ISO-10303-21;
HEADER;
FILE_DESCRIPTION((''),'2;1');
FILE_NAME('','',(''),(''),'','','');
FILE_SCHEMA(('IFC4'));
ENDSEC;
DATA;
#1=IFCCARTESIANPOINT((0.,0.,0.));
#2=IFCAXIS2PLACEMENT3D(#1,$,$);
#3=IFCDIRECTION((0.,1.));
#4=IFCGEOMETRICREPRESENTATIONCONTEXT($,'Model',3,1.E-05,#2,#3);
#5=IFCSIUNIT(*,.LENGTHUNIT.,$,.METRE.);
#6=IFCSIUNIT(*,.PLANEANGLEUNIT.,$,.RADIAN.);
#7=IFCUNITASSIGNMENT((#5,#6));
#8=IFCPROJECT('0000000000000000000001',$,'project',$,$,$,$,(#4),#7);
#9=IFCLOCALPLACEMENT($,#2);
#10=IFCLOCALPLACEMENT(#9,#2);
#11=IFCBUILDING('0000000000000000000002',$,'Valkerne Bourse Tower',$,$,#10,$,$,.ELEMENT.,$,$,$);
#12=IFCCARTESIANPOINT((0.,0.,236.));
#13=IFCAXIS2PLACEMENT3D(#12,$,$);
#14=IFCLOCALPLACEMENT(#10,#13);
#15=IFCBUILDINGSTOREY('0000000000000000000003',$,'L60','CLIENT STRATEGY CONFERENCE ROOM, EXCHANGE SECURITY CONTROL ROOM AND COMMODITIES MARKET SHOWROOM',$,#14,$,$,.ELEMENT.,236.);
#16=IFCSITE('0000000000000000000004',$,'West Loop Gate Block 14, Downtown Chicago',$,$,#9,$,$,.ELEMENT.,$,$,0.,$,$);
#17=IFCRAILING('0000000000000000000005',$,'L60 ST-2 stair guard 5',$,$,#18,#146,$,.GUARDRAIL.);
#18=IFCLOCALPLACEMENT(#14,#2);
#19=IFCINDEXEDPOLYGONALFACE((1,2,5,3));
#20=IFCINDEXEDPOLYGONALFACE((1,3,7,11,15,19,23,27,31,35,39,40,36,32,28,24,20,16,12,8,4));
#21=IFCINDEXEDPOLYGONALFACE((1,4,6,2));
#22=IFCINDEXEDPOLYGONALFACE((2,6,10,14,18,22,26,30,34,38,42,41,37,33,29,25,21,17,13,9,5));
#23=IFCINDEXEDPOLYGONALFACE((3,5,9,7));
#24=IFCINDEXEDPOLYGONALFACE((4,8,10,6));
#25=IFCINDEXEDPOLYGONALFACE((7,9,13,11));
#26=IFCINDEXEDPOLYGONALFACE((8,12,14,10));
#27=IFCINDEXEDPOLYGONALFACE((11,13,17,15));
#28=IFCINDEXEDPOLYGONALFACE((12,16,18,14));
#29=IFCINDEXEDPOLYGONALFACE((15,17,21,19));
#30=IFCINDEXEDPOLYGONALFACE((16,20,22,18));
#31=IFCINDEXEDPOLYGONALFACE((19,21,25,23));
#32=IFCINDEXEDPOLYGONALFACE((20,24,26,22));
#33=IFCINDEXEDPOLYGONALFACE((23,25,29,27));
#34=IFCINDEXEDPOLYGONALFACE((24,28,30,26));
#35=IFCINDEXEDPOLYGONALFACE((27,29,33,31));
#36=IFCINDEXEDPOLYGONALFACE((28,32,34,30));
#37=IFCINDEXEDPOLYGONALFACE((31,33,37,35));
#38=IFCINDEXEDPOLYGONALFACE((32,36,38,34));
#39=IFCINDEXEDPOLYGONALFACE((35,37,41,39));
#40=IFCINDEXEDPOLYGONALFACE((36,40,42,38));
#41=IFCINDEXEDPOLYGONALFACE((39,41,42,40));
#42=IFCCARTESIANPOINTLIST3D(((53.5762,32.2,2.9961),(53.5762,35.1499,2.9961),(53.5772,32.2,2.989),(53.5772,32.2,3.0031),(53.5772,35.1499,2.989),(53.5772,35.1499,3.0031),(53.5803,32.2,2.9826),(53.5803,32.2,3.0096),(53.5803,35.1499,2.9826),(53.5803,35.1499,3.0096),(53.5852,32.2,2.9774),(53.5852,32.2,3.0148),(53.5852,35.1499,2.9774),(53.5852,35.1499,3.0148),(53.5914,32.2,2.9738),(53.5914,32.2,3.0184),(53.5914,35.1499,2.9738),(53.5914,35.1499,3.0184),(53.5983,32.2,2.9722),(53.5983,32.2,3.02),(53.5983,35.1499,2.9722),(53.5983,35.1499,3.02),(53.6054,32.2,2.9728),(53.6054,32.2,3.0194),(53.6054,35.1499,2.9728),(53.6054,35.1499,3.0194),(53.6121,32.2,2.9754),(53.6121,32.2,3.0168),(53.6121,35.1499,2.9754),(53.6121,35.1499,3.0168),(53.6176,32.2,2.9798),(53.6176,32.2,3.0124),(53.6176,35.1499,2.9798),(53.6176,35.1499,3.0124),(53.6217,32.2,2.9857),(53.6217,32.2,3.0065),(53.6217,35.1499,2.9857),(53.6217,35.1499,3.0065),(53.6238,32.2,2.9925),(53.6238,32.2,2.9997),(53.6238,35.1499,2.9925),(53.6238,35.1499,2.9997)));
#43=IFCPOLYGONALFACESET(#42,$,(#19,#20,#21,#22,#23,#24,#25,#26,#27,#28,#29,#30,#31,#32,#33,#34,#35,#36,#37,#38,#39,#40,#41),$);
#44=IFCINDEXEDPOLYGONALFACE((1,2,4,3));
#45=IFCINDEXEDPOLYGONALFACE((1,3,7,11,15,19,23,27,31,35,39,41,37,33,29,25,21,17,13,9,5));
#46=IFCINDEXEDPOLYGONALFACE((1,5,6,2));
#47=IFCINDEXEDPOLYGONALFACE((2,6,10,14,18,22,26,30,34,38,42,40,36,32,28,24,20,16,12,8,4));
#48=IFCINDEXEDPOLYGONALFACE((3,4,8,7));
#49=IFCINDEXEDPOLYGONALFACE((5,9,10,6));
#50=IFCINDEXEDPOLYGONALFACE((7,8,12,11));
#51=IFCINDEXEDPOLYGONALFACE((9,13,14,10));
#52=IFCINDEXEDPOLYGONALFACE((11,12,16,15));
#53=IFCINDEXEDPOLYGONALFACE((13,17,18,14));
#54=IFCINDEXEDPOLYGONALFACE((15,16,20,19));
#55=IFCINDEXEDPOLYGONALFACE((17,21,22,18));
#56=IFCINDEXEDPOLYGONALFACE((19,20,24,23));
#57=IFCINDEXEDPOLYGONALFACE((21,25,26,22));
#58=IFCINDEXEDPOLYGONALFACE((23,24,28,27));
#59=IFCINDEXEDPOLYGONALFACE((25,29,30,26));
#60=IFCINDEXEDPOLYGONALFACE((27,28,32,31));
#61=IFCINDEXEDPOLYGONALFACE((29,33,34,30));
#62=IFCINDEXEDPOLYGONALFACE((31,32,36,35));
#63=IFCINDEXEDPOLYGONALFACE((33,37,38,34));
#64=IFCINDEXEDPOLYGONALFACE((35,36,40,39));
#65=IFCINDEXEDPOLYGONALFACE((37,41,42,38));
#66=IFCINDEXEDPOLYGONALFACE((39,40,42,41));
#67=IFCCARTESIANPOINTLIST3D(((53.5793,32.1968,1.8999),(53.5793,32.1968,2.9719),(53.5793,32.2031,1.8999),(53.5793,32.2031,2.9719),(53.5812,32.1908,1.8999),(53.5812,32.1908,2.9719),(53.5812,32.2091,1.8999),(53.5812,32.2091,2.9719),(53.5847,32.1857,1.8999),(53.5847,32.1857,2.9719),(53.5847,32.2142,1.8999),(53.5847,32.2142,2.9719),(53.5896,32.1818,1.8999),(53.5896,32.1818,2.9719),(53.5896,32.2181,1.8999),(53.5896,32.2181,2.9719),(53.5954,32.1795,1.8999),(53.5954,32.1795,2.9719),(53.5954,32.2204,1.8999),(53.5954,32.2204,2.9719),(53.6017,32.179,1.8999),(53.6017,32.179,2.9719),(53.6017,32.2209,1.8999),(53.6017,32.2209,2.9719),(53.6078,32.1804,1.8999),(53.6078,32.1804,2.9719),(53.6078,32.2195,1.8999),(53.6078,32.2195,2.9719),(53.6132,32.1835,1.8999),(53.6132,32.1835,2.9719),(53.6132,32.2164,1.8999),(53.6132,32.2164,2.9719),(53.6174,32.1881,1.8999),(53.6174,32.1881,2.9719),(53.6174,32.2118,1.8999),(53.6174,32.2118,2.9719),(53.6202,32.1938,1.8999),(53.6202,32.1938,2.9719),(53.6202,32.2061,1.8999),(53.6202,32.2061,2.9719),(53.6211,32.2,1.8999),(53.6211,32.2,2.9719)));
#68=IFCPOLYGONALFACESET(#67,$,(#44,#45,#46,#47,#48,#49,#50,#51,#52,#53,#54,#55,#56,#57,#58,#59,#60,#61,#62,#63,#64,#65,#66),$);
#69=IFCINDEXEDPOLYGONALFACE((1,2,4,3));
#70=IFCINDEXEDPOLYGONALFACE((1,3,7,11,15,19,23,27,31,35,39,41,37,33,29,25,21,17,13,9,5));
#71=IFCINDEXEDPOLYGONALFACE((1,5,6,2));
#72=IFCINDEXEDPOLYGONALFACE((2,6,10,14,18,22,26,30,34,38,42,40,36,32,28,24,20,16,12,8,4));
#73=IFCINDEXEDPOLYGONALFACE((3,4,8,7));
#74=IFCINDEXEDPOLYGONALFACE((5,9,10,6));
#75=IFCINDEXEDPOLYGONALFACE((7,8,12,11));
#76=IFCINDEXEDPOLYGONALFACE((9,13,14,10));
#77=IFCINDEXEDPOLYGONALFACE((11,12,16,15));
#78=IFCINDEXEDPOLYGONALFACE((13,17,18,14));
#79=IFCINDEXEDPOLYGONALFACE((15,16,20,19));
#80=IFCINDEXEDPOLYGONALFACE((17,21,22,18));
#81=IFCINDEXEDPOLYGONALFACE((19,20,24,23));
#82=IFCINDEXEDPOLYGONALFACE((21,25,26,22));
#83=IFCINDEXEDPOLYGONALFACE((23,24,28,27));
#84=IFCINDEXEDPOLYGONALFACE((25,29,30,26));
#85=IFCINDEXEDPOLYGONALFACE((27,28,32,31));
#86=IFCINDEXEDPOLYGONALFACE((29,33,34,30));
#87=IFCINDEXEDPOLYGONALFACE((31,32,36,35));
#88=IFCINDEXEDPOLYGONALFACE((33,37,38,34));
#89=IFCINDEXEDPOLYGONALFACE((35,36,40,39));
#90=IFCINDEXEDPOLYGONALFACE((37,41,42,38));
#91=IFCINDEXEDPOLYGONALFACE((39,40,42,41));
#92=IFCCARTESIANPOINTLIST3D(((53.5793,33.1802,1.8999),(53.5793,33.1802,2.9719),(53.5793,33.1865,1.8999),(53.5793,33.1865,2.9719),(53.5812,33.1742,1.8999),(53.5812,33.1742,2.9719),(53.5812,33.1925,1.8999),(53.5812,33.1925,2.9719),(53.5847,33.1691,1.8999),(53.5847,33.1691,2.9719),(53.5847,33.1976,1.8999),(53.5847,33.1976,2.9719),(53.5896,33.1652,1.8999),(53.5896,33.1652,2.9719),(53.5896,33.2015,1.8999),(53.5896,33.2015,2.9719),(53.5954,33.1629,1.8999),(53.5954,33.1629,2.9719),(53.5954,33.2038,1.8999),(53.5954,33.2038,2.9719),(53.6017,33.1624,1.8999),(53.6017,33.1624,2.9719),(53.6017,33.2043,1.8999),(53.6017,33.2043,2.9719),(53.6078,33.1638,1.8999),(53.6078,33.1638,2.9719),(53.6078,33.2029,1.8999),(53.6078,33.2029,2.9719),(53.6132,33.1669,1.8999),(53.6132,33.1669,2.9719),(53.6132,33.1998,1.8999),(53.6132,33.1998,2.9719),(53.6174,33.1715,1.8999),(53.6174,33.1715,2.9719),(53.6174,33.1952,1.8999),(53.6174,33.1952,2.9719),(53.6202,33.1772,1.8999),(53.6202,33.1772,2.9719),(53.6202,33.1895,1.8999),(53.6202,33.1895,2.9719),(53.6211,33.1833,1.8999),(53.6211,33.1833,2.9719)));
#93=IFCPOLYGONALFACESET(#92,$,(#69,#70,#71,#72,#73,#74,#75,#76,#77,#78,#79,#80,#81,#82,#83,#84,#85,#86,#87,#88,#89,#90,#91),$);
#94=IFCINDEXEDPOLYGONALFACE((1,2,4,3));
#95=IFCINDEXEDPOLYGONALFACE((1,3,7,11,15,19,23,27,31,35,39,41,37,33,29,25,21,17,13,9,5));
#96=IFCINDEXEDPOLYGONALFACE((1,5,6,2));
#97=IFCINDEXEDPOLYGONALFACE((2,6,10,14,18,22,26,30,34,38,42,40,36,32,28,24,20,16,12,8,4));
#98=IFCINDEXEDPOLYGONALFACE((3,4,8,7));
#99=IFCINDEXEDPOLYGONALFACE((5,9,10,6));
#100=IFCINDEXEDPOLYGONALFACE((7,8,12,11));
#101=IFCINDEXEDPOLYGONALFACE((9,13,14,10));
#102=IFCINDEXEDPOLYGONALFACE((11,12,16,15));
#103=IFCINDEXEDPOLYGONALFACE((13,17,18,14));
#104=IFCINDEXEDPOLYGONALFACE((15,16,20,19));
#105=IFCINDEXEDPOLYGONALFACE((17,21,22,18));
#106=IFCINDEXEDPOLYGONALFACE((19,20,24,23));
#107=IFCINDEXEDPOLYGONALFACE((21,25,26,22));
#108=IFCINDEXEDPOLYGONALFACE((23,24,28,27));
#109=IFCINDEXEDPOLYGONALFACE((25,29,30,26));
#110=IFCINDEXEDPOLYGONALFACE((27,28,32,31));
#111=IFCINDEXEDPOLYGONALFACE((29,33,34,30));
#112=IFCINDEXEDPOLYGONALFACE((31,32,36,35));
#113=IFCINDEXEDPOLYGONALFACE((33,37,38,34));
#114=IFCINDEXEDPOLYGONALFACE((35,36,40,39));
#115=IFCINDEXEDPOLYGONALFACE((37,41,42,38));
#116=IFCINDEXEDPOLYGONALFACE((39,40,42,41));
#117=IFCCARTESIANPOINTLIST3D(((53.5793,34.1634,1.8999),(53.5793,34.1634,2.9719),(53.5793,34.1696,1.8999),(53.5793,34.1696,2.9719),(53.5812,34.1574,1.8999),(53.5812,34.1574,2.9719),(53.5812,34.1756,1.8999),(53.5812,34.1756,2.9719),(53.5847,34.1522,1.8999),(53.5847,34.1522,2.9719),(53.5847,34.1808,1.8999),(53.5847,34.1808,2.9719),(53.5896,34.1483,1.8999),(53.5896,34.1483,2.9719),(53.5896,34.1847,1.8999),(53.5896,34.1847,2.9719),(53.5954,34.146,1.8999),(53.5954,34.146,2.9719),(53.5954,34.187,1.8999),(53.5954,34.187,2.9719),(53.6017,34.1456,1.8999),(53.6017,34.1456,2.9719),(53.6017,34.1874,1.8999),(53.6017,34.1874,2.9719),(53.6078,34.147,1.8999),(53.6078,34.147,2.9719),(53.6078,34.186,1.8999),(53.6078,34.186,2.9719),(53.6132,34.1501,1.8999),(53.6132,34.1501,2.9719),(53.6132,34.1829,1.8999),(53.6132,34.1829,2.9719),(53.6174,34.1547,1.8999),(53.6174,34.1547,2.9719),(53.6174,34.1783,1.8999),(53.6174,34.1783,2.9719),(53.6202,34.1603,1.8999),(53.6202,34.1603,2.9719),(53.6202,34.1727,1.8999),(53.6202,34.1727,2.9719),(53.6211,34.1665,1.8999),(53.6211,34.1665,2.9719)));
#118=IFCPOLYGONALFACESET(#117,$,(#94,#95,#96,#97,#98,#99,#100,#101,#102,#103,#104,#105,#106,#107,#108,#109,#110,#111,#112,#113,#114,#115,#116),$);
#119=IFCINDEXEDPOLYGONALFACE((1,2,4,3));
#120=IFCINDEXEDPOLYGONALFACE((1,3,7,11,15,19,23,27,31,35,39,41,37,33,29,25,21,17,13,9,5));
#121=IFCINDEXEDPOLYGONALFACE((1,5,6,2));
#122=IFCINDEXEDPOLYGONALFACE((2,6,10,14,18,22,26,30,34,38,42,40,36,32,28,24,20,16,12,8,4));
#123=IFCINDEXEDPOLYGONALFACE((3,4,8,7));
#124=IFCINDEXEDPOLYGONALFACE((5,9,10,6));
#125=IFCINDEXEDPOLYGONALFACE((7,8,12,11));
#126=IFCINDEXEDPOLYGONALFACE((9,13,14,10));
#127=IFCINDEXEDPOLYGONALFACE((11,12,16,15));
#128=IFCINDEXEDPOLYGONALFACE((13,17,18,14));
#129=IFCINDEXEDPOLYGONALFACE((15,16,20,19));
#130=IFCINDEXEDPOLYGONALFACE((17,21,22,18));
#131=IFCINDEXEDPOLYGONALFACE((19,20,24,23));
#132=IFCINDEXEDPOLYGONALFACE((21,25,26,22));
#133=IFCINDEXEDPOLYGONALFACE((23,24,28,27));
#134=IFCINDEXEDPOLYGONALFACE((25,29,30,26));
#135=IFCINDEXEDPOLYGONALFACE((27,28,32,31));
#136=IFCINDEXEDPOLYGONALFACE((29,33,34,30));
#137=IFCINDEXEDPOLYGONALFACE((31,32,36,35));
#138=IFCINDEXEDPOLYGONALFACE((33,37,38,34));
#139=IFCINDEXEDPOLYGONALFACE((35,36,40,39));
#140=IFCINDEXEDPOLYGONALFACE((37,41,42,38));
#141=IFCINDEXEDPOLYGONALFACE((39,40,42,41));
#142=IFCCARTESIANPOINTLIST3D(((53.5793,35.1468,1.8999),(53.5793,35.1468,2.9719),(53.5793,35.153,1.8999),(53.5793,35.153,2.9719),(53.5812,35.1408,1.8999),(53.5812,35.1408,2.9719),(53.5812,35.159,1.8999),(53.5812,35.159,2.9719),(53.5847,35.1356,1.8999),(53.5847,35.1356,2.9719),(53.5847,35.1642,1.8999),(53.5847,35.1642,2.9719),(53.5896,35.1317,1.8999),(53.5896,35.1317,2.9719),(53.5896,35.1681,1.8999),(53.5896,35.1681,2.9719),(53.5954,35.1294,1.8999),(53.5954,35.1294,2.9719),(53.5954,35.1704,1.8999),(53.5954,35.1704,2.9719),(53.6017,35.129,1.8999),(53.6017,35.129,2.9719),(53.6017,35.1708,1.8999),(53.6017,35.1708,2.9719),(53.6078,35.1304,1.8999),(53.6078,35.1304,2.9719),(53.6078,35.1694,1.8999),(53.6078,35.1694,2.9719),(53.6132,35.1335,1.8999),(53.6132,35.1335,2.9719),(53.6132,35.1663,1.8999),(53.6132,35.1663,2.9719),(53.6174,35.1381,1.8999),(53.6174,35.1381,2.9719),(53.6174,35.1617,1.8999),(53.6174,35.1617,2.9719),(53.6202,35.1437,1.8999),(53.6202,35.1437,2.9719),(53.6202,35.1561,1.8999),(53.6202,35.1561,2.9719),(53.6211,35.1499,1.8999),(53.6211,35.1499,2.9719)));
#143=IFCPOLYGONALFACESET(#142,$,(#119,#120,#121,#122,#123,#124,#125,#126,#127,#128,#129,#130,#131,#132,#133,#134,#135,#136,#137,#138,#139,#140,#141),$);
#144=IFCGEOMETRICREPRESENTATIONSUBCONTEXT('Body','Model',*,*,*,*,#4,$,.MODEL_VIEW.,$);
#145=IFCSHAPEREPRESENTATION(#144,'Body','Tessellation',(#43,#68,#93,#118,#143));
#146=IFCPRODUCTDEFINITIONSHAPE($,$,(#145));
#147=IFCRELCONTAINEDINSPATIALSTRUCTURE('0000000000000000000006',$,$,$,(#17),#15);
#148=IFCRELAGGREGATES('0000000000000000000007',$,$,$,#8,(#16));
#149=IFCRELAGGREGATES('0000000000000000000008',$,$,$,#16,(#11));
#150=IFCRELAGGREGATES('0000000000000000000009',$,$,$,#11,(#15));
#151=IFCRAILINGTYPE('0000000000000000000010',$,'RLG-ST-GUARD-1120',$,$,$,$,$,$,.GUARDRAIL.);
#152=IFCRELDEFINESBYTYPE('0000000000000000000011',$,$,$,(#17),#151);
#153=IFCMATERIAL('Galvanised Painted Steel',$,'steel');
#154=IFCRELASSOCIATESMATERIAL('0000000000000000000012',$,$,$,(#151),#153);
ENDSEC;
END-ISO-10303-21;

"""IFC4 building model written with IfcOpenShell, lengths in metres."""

from ifc_helpers import new_model, si_unit, direction, frame, origin, origin_2d, place, context, subcontext, project, spatial, circle, extrude, material, type_object, element, save


model = new_model("IFC4")

# Units and contexts
model_context = context("Model", 3, precision=1e-05, world=origin(), true_north=direction((0.0, 1.0)))
body_context = subcontext(model_context, "Body", "Model", "MODEL_VIEW")
ifc_project = project(units=[si_unit("LENGTHUNIT", "METRE"), si_unit("PLANEANGLEUNIT", "RADIAN")], contexts=[model_context])

# Site, building, storey
site_placement = place(None, origin())
site = spatial("IfcSite", under=ifc_project, at=site_placement, Name="West Loop Gate Block 14, Downtown Chicago", CompositionType="ELEMENT", RefElevation=0.0)
building_placement = place(site_placement, origin())
building = spatial("IfcBuilding", under=site, at=building_placement, Name="Valkerne Bourse Tower", CompositionType="ELEMENT")
storey_placement = place(building_placement, frame((0.0, 0.0, 236.0)))
storey = spatial("IfcBuildingStorey", under=building, at=storey_placement, Name="L60", Description="CLIENT STRATEGY CONFERENCE ROOM, EXCHANGE SECURITY CONTROL ROOM AND COMMODITIES MARKET SHOWROOM", CompositionType="ELEMENT", Elevation=236.0)

# Railing
ifc_material_1 = material(Name="Galvanised Painted Steel", Category="steel")
railing_type = type_object("IfcRailingType", Name="RLG-ST-GUARD-1120", PredefinedType="GUARDRAIL", material=ifc_material_1)
railing_1_placement = place(storey_placement, frame((53.6001, 32.2, 1.8999)))
element("IfcRailing", 1, at=railing_1_placement, inside=storey, type_object=railing_type, Name="L60 ST-2 stair guard 5", PredefinedType="GUARDRAIL", context=body_context, shape_type="SweptSolid", body=[
    extrude(circle(Radius=0.0239, at=origin_2d()), frame((0.0, 0.0, 1.0962), z_axis=(0.0, 1.0, 0.0), x_axis=(-1.0, 0.0, 0.0)), (0.0, 0.0, 1.0), 2.95),
    extrude(circle(Radius=0.021, at=origin_2d()), origin(), (0.0, 0.0, 1.0), 1.072),
    extrude(circle(Radius=0.021, at=origin_2d()), frame((0.0, 0.9834, 0.0)), (0.0, 0.0, 1.0), 1.072),
    extrude(circle(Radius=0.021, at=origin_2d()), frame((0.0, 1.9666, 0.0)), (0.0, 0.0, 1.0), 1.072),
    extrude(circle(Radius=0.021, at=origin_2d()), frame((0.0, 2.95, 0.0)), (0.0, 0.0, 1.0), 1.072),
])

save(model, "model.ifc")
